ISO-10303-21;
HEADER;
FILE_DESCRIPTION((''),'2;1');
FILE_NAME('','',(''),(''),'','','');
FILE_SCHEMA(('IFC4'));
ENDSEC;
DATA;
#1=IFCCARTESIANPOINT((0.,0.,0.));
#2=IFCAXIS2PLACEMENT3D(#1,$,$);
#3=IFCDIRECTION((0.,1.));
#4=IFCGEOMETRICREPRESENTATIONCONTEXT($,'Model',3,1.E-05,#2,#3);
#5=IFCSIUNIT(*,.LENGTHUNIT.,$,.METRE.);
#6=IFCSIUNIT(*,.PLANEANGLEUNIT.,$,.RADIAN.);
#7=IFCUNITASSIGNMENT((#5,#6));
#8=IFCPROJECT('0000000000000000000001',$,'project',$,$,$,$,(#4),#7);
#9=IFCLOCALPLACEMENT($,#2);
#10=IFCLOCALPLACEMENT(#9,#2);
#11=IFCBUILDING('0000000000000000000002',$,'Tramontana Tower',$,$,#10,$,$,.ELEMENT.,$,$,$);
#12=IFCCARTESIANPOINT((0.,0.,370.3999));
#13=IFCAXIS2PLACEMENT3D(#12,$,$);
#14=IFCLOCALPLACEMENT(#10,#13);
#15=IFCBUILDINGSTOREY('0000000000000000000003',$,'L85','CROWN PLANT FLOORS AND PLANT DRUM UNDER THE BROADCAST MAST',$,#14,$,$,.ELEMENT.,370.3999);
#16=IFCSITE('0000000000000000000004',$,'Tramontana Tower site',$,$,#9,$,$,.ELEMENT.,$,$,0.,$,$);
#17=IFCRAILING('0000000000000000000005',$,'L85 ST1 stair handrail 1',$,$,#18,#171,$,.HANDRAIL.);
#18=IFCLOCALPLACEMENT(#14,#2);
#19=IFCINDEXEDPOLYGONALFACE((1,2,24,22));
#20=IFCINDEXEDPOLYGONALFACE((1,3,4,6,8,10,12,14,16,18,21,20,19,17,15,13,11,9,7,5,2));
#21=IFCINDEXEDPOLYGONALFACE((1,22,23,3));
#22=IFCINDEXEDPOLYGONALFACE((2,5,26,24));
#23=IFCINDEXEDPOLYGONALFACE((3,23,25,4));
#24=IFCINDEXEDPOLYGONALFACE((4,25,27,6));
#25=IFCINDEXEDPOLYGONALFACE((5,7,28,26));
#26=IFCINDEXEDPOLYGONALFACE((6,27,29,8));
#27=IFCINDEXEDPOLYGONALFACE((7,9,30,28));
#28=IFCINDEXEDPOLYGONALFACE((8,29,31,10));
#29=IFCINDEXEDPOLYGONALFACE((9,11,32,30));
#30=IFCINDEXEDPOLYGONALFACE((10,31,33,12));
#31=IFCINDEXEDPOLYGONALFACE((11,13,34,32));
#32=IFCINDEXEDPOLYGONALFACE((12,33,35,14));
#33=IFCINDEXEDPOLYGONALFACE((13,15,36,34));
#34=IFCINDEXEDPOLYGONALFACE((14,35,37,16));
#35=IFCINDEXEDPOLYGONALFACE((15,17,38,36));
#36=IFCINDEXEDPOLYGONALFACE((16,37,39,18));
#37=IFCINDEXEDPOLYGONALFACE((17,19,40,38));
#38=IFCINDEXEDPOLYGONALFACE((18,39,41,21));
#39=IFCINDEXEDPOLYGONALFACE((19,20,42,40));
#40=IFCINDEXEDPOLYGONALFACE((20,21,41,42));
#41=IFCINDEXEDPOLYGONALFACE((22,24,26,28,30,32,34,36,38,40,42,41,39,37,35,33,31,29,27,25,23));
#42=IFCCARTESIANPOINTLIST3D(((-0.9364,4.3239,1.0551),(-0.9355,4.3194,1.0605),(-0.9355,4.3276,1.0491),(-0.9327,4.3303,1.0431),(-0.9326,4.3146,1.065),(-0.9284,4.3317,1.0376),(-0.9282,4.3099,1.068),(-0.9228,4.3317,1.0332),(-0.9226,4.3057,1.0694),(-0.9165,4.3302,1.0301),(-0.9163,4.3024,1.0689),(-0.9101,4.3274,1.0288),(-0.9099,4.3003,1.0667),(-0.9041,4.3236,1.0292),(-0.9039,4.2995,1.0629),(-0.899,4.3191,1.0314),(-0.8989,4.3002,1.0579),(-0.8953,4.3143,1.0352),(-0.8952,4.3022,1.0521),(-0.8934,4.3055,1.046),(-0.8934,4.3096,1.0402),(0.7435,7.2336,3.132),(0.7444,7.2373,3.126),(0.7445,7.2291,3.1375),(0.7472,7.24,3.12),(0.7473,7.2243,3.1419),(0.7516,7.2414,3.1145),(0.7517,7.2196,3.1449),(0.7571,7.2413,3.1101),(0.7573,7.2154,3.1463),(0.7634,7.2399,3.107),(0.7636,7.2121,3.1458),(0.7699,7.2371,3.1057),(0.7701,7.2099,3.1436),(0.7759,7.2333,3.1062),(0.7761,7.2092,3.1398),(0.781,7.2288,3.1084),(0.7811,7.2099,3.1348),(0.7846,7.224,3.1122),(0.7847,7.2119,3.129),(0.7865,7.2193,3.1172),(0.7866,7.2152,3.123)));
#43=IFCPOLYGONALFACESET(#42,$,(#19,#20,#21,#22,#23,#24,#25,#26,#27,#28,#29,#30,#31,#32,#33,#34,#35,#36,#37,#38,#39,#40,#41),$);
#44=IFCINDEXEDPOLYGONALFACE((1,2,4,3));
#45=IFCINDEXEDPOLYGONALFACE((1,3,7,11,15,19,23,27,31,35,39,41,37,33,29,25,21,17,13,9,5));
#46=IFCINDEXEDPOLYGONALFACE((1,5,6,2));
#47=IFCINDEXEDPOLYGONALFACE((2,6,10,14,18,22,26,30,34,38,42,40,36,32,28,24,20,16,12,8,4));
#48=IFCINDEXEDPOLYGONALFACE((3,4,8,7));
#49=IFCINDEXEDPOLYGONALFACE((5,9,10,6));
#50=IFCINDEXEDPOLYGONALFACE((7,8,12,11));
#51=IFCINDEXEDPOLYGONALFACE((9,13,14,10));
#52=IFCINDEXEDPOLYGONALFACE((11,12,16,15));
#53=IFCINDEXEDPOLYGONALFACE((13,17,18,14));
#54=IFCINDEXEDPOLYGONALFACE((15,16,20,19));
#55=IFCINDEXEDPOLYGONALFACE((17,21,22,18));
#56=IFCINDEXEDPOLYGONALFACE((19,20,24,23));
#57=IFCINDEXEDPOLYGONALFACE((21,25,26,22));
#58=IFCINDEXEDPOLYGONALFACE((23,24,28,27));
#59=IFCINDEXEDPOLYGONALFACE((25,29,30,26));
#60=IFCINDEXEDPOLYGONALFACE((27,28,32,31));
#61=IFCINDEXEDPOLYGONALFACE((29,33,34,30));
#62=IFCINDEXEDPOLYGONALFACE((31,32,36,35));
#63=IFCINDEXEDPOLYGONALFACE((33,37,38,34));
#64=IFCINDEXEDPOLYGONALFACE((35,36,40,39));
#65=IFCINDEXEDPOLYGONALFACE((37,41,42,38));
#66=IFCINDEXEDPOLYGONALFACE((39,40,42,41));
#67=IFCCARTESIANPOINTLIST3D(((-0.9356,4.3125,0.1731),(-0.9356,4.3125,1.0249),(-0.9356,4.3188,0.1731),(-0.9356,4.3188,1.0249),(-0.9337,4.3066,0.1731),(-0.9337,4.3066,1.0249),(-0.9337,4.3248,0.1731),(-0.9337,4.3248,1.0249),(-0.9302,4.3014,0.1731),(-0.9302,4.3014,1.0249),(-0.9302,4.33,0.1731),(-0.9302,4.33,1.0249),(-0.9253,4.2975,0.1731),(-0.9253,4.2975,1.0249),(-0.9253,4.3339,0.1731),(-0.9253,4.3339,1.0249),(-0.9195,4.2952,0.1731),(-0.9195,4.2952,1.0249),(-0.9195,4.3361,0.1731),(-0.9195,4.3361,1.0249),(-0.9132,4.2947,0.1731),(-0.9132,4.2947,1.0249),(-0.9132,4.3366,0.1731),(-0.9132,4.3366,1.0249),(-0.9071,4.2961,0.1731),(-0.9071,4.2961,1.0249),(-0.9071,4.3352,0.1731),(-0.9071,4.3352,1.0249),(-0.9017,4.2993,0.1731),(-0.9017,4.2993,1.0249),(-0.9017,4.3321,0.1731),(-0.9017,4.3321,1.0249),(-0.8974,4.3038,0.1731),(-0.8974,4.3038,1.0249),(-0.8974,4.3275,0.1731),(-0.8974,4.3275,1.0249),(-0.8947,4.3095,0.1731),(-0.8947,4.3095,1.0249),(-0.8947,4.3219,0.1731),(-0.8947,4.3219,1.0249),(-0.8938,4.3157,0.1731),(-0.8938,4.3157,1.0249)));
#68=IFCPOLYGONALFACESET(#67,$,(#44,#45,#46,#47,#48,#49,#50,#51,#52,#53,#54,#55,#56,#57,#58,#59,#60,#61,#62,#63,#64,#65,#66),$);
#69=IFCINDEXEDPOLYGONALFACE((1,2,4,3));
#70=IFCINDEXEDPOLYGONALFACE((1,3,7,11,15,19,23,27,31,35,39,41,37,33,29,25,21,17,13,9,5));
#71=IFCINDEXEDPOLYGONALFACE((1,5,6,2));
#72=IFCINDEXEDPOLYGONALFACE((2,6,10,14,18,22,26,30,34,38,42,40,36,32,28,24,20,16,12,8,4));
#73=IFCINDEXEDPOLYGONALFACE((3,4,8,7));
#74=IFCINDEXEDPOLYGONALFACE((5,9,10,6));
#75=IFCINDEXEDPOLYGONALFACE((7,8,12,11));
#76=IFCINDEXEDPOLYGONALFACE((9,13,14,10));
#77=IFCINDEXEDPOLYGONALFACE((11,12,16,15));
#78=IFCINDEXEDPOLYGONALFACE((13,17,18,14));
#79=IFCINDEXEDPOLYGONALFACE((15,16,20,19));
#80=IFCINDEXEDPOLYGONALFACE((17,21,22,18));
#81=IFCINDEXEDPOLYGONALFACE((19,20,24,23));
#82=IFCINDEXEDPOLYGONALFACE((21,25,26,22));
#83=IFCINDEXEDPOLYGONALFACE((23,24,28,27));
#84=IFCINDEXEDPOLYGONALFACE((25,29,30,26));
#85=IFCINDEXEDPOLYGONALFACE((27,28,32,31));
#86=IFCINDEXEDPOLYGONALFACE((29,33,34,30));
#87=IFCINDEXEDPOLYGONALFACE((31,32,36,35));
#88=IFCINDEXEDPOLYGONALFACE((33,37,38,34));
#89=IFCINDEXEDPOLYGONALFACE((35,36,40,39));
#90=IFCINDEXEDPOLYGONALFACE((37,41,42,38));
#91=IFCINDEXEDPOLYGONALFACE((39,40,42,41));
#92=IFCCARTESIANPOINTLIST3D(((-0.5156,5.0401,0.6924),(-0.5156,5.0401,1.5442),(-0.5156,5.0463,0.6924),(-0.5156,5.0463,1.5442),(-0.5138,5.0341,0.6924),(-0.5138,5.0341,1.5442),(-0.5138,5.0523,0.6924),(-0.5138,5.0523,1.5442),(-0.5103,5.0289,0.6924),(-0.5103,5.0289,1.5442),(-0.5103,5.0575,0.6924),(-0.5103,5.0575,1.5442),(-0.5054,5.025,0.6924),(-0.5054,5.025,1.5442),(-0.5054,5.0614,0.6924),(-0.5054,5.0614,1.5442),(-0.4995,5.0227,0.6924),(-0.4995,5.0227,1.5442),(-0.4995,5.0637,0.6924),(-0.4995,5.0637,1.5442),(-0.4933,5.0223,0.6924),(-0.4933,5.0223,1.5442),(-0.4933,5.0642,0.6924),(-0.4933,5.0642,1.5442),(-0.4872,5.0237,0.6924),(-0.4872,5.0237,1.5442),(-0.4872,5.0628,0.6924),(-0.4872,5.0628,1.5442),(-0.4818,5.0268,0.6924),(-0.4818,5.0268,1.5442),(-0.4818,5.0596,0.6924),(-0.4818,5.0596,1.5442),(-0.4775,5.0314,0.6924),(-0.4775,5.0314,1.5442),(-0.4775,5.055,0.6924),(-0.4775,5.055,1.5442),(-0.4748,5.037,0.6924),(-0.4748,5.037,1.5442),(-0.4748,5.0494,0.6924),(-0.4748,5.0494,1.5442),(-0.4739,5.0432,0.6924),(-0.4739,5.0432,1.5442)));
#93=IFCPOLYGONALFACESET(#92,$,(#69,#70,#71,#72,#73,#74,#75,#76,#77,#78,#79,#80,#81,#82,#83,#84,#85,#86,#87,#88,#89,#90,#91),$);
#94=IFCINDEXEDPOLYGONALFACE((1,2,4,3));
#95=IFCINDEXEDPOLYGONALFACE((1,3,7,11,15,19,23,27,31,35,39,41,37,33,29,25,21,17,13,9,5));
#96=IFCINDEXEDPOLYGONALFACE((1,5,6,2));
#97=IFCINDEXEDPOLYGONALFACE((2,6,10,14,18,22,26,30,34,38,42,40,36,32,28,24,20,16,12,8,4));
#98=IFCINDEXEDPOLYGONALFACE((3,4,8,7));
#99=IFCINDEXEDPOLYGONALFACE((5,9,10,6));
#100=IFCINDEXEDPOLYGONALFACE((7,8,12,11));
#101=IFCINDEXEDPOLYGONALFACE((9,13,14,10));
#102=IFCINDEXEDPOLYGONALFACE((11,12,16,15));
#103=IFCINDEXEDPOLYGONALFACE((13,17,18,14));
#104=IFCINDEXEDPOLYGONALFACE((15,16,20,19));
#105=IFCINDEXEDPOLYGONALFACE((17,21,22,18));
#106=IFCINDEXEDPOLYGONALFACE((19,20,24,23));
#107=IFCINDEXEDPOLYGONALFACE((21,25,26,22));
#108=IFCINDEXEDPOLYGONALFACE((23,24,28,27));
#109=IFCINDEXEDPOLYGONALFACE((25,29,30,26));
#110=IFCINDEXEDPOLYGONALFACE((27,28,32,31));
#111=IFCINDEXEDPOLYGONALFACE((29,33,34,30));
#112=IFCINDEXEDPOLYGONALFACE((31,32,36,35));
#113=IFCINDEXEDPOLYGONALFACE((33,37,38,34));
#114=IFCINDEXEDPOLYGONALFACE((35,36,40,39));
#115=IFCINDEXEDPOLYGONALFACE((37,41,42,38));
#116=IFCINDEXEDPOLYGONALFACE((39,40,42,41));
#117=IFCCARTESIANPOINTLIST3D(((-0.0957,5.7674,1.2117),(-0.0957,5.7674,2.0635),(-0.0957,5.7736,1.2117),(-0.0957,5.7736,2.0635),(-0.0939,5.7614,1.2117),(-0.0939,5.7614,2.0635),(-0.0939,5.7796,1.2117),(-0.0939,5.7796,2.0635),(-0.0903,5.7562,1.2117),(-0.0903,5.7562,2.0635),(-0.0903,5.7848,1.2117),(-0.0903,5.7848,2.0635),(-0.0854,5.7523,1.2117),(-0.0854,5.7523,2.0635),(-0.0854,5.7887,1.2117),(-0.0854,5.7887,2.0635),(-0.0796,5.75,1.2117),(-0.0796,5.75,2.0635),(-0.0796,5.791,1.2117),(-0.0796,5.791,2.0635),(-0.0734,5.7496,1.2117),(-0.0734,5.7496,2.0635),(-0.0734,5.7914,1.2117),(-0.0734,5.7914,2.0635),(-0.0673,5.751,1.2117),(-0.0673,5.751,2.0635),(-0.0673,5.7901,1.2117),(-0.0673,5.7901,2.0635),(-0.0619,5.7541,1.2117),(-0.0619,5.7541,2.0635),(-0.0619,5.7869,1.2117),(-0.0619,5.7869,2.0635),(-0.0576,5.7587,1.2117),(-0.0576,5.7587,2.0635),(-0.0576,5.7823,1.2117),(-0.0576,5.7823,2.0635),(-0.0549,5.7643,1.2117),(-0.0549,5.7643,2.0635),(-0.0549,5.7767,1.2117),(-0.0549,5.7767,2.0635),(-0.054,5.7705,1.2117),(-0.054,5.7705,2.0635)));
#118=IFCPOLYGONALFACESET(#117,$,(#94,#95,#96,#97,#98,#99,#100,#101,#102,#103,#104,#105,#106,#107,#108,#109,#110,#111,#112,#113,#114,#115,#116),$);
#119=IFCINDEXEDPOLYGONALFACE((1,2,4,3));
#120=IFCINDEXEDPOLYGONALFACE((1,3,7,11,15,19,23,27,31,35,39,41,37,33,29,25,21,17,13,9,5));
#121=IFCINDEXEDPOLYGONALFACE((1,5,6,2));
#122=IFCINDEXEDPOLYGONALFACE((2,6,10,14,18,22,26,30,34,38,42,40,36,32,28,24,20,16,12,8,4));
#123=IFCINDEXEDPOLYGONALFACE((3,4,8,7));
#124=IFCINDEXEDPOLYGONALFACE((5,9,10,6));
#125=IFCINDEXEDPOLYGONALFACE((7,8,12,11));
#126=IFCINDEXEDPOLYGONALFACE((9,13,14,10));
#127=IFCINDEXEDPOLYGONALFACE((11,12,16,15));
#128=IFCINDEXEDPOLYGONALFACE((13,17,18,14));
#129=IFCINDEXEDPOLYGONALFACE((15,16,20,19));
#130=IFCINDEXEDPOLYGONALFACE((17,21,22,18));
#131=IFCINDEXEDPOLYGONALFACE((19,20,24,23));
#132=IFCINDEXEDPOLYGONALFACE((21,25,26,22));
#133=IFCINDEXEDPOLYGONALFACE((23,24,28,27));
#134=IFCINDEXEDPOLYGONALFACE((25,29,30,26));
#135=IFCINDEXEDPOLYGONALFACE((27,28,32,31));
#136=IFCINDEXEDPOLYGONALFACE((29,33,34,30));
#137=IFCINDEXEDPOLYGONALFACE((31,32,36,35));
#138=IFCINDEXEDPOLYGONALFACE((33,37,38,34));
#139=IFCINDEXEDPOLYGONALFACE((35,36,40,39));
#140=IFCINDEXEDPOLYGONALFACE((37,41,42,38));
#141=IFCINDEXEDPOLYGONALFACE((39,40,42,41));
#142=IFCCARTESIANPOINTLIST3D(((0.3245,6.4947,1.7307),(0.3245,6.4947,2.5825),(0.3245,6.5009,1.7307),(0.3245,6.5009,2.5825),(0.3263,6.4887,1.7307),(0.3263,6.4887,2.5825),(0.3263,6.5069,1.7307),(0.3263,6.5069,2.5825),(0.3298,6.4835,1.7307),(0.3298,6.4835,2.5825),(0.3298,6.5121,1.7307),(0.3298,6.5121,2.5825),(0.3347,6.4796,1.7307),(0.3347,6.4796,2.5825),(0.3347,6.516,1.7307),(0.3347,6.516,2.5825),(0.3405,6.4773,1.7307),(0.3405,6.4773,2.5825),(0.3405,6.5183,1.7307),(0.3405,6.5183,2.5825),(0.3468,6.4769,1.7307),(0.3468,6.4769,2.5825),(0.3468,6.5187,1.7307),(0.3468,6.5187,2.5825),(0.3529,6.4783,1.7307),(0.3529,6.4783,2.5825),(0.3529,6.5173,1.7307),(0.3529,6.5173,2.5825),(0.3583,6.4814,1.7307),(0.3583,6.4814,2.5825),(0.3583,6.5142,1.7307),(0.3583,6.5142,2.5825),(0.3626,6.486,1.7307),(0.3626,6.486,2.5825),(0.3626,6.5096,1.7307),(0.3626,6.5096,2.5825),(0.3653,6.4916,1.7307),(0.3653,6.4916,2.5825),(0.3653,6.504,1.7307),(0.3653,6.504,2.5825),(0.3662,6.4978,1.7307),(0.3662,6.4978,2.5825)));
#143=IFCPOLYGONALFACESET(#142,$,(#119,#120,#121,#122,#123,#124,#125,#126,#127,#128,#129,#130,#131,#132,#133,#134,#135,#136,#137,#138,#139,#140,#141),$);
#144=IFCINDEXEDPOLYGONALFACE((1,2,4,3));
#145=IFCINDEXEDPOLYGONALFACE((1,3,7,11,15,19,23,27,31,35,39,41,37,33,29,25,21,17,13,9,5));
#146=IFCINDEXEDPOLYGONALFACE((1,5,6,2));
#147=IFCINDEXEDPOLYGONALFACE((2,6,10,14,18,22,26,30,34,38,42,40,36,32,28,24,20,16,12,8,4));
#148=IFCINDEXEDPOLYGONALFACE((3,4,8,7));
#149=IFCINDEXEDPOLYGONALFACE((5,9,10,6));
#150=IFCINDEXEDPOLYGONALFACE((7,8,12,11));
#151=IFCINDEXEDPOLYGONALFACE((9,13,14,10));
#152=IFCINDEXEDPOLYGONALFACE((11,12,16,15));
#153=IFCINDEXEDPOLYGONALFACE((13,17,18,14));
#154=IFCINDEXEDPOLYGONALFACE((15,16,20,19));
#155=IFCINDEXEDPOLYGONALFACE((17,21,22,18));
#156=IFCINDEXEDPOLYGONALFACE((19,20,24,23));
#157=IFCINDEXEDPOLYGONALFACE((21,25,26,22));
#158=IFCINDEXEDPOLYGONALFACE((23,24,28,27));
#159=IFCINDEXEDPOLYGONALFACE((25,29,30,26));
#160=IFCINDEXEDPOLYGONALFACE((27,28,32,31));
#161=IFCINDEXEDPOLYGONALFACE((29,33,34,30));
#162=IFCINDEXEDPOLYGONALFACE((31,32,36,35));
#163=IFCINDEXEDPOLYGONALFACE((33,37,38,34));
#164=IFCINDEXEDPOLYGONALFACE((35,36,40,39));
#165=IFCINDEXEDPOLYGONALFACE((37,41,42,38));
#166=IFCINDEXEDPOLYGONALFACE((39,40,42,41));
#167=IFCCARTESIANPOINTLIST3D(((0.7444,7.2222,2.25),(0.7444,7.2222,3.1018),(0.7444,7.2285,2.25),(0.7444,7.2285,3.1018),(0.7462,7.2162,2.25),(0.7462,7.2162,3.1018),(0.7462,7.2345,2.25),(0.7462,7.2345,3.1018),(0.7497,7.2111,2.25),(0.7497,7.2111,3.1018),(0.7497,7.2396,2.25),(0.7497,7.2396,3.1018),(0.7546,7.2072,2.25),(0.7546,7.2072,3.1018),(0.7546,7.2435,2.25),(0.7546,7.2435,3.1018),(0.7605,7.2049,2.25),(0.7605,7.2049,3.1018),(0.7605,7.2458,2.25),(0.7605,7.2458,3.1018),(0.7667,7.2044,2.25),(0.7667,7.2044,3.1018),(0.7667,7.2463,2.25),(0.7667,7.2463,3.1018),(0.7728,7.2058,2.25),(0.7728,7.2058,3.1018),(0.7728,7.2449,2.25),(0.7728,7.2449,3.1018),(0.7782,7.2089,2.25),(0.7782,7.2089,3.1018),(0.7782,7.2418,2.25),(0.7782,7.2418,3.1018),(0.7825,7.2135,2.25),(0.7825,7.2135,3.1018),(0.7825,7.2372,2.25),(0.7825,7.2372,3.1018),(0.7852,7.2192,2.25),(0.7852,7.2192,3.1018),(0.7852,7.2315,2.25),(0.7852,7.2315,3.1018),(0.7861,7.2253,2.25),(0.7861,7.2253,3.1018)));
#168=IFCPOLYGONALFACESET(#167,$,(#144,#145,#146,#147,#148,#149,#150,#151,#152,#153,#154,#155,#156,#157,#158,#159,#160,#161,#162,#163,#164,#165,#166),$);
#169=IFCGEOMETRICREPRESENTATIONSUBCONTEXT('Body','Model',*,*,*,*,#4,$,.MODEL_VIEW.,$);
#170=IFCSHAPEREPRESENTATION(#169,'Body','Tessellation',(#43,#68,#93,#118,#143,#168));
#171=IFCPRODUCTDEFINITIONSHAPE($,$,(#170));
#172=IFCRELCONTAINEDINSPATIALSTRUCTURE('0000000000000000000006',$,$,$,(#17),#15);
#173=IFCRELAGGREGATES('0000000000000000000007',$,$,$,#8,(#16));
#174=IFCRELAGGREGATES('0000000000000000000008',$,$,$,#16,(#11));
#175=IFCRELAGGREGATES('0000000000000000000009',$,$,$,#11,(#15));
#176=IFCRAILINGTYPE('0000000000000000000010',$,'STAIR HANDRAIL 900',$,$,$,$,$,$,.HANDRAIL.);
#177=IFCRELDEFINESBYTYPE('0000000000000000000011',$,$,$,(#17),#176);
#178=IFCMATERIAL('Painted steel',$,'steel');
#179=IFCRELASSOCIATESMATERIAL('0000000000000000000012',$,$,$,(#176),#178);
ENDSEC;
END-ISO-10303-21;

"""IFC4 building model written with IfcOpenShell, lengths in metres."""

from ifc_helpers import new_model, si_unit, direction, frame, origin, origin_2d, place, context, subcontext, project, spatial, circle, extrude, material, type_object, element, save


model = new_model("IFC4")

# Units and contexts
model_context = context("Model", 3, precision=1e-05, world=origin(), true_north=direction((0.0, 1.0)))
body_context = subcontext(model_context, "Body", "Model", "MODEL_VIEW")
ifc_project = project(units=[si_unit("LENGTHUNIT", "METRE"), si_unit("PLANEANGLEUNIT", "RADIAN")], contexts=[model_context])

# Site, building, storey
site_placement = place(None, origin())
site = spatial("IfcSite", under=ifc_project, at=site_placement, Name="Tramontana Tower site", CompositionType="ELEMENT", RefElevation=0.0)
building_placement = place(site_placement, origin())
building = spatial("IfcBuilding", under=site, at=building_placement, Name="Tramontana Tower", CompositionType="ELEMENT")
storey_placement = place(building_placement, frame((0.0, 0.0, 370.3999)))
storey = spatial("IfcBuildingStorey", under=building, at=storey_placement, Name="L85", Description="CROWN PLANT FLOORS AND PLANT DRUM UNDER THE BROADCAST MAST", CompositionType="ELEMENT", Elevation=370.3999)

# Railing
ifc_material_1 = material(Name="Painted steel", Category="steel")
railing_type_1 = type_object("IfcRailingType", Name="STAIR HANDRAIL 900", PredefinedType="HANDRAIL", material=ifc_material_1)
railing_1_placement = place(storey_placement, frame((-0.9148, 4.3157, 0.1731)))
element("IfcRailing", 1, at=railing_1_placement, inside=storey, type_object=railing_type_1, Name="L85 ST1 stair handrail 1", PredefinedType="HANDRAIL", context=body_context, shape_type="SweptSolid", body=[
    extrude(circle(Radius=0.0239, at=origin_2d()), frame((0.0, 0.0, 0.876), z_axis=(0.425308, 0.73664, 0.525809), x_axis=(-0.866021, 0.500008, 0.0)), (0.0, 0.0, 1.0), 3.95),
    extrude(circle(Radius=0.021, at=origin_2d()), origin(), (0.0, 0.0, 1.0), 0.8518),
    extrude(circle(Radius=0.021, at=origin_2d()), frame((0.4199, 0.7275, 0.5193)), (0.0, 0.0, 1.0), 0.8518),
    extrude(circle(Radius=0.021, at=origin_2d()), frame((0.8398, 1.4548, 1.0386)), (0.0, 0.0, 1.0), 0.8518),
    extrude(circle(Radius=0.021, at=origin_2d()), frame((1.26, 2.1821, 1.5576)), (0.0, 0.0, 1.0), 0.8518),
    extrude(circle(Radius=0.021, at=origin_2d()), frame((1.6799, 2.9097, 2.0769)), (0.0, 0.0, 1.0), 0.8518),
])

save(model, "model.ifc")
